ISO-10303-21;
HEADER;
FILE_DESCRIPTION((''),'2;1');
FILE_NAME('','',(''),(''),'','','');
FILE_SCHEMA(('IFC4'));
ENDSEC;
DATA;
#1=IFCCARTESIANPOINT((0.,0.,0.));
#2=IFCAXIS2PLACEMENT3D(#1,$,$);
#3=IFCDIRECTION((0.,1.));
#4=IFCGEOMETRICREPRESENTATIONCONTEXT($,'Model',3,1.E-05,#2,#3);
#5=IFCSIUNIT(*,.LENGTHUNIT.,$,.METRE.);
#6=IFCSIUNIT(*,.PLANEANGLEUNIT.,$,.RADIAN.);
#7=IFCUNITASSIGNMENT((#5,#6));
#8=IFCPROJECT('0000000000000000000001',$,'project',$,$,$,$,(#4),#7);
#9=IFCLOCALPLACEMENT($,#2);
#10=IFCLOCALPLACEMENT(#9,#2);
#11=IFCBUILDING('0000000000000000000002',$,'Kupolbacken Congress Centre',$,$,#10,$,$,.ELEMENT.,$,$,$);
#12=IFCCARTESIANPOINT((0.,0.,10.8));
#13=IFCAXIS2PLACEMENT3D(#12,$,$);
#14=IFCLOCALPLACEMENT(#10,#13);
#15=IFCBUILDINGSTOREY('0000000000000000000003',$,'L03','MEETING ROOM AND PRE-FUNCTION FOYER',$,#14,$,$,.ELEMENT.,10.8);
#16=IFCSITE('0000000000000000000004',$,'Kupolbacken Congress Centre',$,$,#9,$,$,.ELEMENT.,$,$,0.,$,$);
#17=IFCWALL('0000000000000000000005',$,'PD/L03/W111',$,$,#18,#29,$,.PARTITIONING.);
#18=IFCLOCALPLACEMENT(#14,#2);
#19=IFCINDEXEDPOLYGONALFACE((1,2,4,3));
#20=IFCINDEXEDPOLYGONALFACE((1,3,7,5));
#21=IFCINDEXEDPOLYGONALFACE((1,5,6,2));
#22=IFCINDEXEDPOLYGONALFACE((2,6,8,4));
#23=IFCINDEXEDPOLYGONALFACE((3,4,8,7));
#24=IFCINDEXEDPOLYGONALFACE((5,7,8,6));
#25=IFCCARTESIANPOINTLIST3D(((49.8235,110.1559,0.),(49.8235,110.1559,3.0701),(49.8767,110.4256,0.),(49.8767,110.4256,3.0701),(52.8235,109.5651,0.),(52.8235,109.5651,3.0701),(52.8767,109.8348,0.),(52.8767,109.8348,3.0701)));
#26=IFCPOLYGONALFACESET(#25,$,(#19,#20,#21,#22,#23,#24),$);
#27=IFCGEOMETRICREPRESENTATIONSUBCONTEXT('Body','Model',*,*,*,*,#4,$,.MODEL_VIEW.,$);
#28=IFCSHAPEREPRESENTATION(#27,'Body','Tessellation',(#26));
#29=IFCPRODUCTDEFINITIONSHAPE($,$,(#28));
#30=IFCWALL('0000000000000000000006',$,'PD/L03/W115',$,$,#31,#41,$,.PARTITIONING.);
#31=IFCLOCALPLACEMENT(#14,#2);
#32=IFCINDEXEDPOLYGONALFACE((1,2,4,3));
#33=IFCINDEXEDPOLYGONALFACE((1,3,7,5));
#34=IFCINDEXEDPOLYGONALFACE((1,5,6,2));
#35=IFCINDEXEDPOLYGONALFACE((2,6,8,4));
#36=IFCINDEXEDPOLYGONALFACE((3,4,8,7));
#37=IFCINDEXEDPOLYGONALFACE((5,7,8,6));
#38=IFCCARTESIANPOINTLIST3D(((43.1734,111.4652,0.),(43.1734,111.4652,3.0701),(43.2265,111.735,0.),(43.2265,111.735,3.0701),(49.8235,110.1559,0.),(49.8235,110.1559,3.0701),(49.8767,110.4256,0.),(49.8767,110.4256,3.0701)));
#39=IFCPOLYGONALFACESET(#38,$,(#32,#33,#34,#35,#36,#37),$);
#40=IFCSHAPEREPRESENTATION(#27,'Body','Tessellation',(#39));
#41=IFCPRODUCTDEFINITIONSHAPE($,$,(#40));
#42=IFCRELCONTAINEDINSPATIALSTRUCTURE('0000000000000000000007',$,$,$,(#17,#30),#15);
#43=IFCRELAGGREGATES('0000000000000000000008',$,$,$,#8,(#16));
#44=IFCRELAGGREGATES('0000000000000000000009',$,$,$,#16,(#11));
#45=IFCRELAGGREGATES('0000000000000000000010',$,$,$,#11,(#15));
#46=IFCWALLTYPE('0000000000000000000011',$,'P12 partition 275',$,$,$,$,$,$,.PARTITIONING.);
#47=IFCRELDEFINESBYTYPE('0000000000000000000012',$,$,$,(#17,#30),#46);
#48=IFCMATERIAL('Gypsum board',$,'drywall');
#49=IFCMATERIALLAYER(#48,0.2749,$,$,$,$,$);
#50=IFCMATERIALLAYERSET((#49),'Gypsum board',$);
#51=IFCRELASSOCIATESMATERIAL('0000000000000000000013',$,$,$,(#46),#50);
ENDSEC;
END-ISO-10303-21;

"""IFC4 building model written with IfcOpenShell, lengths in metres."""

from ifc_helpers import new_model, si_unit, direction, frame, frame_2d, origin, place, context, subcontext, project, spatial, rectangle, extrude, material, layer, layer_set, type_object, element, save


model = new_model("IFC4")

# Units and contexts
model_context = context("Model", 3, precision=1e-05, world=origin(), true_north=direction((0.0, 1.0)))
body_context = subcontext(model_context, "Body", "Model", "MODEL_VIEW")
ifc_project = project(units=[si_unit("LENGTHUNIT", "METRE"), si_unit("PLANEANGLEUNIT", "RADIAN")], contexts=[model_context])

# Site, building, storey
site_placement = place(None, origin())
site = spatial("IfcSite", under=ifc_project, at=site_placement, Name="Kupolbacken Congress Centre", CompositionType="ELEMENT", RefElevation=0.0)
building_placement = place(site_placement, origin())
building = spatial("IfcBuilding", under=site, at=building_placement, Name="Kupolbacken Congress Centre", CompositionType="ELEMENT")
storey_placement = place(building_placement, frame((0.0, 0.0, 10.8)))
storey = spatial("IfcBuildingStorey", under=building, at=storey_placement, Name="L03", Description="MEETING ROOM AND PRE-FUNCTION FOYER", CompositionType="ELEMENT", Elevation=10.8)

# Walls
ifc_material_1 = material(Name="Gypsum board", Category="drywall")
ifc_layer_1 = layer(ifc_material_1, 0.2749)
ifc_layer_set_1 = layer_set([ifc_layer_1], Name="Gypsum board")
wall_type_1 = type_object("IfcWallType", Name="P12 partition 275", PredefinedType="PARTITIONING", material=ifc_layer_set_1)
wall_1_placement = place(storey_placement, frame((52.8501, 109.7, 0.0), z_axis=(0.0, 0.0, 1.0), x_axis=(-0.981154, 0.193229, 0.0)))
element("IfcWall", 1, at=wall_1_placement, inside=storey, type_object=wall_type_1, Name="PD/L03/W111", PredefinedType="PARTITIONING", context=body_context, shape_type="SweptSolid", body=[
    extrude(rectangle(XDim=3.0576, YDim=0.2749, at=frame_2d((1.5288, 0.0))), origin(), (0.0, 0.0, 1.0), 3.0701),
])
wall_2_placement = place(storey_placement, frame((49.8501, 110.2908, 0.0), z_axis=(0.0, 0.0, 1.0), x_axis=(-0.981164, 0.193178, 0.0)))
element("IfcWall", 2, at=wall_2_placement, inside=storey, type_object=wall_type_1, Name="PD/L03/W115", PredefinedType="PARTITIONING", context=body_context, shape_type="SweptSolid", body=[
    extrude(rectangle(XDim=6.7778, YDim=0.2749, at=frame_2d((3.3889, 0.0))), origin(), (0.0, 0.0, 1.0), 3.0701),
])

save(model, "model.ifc")
